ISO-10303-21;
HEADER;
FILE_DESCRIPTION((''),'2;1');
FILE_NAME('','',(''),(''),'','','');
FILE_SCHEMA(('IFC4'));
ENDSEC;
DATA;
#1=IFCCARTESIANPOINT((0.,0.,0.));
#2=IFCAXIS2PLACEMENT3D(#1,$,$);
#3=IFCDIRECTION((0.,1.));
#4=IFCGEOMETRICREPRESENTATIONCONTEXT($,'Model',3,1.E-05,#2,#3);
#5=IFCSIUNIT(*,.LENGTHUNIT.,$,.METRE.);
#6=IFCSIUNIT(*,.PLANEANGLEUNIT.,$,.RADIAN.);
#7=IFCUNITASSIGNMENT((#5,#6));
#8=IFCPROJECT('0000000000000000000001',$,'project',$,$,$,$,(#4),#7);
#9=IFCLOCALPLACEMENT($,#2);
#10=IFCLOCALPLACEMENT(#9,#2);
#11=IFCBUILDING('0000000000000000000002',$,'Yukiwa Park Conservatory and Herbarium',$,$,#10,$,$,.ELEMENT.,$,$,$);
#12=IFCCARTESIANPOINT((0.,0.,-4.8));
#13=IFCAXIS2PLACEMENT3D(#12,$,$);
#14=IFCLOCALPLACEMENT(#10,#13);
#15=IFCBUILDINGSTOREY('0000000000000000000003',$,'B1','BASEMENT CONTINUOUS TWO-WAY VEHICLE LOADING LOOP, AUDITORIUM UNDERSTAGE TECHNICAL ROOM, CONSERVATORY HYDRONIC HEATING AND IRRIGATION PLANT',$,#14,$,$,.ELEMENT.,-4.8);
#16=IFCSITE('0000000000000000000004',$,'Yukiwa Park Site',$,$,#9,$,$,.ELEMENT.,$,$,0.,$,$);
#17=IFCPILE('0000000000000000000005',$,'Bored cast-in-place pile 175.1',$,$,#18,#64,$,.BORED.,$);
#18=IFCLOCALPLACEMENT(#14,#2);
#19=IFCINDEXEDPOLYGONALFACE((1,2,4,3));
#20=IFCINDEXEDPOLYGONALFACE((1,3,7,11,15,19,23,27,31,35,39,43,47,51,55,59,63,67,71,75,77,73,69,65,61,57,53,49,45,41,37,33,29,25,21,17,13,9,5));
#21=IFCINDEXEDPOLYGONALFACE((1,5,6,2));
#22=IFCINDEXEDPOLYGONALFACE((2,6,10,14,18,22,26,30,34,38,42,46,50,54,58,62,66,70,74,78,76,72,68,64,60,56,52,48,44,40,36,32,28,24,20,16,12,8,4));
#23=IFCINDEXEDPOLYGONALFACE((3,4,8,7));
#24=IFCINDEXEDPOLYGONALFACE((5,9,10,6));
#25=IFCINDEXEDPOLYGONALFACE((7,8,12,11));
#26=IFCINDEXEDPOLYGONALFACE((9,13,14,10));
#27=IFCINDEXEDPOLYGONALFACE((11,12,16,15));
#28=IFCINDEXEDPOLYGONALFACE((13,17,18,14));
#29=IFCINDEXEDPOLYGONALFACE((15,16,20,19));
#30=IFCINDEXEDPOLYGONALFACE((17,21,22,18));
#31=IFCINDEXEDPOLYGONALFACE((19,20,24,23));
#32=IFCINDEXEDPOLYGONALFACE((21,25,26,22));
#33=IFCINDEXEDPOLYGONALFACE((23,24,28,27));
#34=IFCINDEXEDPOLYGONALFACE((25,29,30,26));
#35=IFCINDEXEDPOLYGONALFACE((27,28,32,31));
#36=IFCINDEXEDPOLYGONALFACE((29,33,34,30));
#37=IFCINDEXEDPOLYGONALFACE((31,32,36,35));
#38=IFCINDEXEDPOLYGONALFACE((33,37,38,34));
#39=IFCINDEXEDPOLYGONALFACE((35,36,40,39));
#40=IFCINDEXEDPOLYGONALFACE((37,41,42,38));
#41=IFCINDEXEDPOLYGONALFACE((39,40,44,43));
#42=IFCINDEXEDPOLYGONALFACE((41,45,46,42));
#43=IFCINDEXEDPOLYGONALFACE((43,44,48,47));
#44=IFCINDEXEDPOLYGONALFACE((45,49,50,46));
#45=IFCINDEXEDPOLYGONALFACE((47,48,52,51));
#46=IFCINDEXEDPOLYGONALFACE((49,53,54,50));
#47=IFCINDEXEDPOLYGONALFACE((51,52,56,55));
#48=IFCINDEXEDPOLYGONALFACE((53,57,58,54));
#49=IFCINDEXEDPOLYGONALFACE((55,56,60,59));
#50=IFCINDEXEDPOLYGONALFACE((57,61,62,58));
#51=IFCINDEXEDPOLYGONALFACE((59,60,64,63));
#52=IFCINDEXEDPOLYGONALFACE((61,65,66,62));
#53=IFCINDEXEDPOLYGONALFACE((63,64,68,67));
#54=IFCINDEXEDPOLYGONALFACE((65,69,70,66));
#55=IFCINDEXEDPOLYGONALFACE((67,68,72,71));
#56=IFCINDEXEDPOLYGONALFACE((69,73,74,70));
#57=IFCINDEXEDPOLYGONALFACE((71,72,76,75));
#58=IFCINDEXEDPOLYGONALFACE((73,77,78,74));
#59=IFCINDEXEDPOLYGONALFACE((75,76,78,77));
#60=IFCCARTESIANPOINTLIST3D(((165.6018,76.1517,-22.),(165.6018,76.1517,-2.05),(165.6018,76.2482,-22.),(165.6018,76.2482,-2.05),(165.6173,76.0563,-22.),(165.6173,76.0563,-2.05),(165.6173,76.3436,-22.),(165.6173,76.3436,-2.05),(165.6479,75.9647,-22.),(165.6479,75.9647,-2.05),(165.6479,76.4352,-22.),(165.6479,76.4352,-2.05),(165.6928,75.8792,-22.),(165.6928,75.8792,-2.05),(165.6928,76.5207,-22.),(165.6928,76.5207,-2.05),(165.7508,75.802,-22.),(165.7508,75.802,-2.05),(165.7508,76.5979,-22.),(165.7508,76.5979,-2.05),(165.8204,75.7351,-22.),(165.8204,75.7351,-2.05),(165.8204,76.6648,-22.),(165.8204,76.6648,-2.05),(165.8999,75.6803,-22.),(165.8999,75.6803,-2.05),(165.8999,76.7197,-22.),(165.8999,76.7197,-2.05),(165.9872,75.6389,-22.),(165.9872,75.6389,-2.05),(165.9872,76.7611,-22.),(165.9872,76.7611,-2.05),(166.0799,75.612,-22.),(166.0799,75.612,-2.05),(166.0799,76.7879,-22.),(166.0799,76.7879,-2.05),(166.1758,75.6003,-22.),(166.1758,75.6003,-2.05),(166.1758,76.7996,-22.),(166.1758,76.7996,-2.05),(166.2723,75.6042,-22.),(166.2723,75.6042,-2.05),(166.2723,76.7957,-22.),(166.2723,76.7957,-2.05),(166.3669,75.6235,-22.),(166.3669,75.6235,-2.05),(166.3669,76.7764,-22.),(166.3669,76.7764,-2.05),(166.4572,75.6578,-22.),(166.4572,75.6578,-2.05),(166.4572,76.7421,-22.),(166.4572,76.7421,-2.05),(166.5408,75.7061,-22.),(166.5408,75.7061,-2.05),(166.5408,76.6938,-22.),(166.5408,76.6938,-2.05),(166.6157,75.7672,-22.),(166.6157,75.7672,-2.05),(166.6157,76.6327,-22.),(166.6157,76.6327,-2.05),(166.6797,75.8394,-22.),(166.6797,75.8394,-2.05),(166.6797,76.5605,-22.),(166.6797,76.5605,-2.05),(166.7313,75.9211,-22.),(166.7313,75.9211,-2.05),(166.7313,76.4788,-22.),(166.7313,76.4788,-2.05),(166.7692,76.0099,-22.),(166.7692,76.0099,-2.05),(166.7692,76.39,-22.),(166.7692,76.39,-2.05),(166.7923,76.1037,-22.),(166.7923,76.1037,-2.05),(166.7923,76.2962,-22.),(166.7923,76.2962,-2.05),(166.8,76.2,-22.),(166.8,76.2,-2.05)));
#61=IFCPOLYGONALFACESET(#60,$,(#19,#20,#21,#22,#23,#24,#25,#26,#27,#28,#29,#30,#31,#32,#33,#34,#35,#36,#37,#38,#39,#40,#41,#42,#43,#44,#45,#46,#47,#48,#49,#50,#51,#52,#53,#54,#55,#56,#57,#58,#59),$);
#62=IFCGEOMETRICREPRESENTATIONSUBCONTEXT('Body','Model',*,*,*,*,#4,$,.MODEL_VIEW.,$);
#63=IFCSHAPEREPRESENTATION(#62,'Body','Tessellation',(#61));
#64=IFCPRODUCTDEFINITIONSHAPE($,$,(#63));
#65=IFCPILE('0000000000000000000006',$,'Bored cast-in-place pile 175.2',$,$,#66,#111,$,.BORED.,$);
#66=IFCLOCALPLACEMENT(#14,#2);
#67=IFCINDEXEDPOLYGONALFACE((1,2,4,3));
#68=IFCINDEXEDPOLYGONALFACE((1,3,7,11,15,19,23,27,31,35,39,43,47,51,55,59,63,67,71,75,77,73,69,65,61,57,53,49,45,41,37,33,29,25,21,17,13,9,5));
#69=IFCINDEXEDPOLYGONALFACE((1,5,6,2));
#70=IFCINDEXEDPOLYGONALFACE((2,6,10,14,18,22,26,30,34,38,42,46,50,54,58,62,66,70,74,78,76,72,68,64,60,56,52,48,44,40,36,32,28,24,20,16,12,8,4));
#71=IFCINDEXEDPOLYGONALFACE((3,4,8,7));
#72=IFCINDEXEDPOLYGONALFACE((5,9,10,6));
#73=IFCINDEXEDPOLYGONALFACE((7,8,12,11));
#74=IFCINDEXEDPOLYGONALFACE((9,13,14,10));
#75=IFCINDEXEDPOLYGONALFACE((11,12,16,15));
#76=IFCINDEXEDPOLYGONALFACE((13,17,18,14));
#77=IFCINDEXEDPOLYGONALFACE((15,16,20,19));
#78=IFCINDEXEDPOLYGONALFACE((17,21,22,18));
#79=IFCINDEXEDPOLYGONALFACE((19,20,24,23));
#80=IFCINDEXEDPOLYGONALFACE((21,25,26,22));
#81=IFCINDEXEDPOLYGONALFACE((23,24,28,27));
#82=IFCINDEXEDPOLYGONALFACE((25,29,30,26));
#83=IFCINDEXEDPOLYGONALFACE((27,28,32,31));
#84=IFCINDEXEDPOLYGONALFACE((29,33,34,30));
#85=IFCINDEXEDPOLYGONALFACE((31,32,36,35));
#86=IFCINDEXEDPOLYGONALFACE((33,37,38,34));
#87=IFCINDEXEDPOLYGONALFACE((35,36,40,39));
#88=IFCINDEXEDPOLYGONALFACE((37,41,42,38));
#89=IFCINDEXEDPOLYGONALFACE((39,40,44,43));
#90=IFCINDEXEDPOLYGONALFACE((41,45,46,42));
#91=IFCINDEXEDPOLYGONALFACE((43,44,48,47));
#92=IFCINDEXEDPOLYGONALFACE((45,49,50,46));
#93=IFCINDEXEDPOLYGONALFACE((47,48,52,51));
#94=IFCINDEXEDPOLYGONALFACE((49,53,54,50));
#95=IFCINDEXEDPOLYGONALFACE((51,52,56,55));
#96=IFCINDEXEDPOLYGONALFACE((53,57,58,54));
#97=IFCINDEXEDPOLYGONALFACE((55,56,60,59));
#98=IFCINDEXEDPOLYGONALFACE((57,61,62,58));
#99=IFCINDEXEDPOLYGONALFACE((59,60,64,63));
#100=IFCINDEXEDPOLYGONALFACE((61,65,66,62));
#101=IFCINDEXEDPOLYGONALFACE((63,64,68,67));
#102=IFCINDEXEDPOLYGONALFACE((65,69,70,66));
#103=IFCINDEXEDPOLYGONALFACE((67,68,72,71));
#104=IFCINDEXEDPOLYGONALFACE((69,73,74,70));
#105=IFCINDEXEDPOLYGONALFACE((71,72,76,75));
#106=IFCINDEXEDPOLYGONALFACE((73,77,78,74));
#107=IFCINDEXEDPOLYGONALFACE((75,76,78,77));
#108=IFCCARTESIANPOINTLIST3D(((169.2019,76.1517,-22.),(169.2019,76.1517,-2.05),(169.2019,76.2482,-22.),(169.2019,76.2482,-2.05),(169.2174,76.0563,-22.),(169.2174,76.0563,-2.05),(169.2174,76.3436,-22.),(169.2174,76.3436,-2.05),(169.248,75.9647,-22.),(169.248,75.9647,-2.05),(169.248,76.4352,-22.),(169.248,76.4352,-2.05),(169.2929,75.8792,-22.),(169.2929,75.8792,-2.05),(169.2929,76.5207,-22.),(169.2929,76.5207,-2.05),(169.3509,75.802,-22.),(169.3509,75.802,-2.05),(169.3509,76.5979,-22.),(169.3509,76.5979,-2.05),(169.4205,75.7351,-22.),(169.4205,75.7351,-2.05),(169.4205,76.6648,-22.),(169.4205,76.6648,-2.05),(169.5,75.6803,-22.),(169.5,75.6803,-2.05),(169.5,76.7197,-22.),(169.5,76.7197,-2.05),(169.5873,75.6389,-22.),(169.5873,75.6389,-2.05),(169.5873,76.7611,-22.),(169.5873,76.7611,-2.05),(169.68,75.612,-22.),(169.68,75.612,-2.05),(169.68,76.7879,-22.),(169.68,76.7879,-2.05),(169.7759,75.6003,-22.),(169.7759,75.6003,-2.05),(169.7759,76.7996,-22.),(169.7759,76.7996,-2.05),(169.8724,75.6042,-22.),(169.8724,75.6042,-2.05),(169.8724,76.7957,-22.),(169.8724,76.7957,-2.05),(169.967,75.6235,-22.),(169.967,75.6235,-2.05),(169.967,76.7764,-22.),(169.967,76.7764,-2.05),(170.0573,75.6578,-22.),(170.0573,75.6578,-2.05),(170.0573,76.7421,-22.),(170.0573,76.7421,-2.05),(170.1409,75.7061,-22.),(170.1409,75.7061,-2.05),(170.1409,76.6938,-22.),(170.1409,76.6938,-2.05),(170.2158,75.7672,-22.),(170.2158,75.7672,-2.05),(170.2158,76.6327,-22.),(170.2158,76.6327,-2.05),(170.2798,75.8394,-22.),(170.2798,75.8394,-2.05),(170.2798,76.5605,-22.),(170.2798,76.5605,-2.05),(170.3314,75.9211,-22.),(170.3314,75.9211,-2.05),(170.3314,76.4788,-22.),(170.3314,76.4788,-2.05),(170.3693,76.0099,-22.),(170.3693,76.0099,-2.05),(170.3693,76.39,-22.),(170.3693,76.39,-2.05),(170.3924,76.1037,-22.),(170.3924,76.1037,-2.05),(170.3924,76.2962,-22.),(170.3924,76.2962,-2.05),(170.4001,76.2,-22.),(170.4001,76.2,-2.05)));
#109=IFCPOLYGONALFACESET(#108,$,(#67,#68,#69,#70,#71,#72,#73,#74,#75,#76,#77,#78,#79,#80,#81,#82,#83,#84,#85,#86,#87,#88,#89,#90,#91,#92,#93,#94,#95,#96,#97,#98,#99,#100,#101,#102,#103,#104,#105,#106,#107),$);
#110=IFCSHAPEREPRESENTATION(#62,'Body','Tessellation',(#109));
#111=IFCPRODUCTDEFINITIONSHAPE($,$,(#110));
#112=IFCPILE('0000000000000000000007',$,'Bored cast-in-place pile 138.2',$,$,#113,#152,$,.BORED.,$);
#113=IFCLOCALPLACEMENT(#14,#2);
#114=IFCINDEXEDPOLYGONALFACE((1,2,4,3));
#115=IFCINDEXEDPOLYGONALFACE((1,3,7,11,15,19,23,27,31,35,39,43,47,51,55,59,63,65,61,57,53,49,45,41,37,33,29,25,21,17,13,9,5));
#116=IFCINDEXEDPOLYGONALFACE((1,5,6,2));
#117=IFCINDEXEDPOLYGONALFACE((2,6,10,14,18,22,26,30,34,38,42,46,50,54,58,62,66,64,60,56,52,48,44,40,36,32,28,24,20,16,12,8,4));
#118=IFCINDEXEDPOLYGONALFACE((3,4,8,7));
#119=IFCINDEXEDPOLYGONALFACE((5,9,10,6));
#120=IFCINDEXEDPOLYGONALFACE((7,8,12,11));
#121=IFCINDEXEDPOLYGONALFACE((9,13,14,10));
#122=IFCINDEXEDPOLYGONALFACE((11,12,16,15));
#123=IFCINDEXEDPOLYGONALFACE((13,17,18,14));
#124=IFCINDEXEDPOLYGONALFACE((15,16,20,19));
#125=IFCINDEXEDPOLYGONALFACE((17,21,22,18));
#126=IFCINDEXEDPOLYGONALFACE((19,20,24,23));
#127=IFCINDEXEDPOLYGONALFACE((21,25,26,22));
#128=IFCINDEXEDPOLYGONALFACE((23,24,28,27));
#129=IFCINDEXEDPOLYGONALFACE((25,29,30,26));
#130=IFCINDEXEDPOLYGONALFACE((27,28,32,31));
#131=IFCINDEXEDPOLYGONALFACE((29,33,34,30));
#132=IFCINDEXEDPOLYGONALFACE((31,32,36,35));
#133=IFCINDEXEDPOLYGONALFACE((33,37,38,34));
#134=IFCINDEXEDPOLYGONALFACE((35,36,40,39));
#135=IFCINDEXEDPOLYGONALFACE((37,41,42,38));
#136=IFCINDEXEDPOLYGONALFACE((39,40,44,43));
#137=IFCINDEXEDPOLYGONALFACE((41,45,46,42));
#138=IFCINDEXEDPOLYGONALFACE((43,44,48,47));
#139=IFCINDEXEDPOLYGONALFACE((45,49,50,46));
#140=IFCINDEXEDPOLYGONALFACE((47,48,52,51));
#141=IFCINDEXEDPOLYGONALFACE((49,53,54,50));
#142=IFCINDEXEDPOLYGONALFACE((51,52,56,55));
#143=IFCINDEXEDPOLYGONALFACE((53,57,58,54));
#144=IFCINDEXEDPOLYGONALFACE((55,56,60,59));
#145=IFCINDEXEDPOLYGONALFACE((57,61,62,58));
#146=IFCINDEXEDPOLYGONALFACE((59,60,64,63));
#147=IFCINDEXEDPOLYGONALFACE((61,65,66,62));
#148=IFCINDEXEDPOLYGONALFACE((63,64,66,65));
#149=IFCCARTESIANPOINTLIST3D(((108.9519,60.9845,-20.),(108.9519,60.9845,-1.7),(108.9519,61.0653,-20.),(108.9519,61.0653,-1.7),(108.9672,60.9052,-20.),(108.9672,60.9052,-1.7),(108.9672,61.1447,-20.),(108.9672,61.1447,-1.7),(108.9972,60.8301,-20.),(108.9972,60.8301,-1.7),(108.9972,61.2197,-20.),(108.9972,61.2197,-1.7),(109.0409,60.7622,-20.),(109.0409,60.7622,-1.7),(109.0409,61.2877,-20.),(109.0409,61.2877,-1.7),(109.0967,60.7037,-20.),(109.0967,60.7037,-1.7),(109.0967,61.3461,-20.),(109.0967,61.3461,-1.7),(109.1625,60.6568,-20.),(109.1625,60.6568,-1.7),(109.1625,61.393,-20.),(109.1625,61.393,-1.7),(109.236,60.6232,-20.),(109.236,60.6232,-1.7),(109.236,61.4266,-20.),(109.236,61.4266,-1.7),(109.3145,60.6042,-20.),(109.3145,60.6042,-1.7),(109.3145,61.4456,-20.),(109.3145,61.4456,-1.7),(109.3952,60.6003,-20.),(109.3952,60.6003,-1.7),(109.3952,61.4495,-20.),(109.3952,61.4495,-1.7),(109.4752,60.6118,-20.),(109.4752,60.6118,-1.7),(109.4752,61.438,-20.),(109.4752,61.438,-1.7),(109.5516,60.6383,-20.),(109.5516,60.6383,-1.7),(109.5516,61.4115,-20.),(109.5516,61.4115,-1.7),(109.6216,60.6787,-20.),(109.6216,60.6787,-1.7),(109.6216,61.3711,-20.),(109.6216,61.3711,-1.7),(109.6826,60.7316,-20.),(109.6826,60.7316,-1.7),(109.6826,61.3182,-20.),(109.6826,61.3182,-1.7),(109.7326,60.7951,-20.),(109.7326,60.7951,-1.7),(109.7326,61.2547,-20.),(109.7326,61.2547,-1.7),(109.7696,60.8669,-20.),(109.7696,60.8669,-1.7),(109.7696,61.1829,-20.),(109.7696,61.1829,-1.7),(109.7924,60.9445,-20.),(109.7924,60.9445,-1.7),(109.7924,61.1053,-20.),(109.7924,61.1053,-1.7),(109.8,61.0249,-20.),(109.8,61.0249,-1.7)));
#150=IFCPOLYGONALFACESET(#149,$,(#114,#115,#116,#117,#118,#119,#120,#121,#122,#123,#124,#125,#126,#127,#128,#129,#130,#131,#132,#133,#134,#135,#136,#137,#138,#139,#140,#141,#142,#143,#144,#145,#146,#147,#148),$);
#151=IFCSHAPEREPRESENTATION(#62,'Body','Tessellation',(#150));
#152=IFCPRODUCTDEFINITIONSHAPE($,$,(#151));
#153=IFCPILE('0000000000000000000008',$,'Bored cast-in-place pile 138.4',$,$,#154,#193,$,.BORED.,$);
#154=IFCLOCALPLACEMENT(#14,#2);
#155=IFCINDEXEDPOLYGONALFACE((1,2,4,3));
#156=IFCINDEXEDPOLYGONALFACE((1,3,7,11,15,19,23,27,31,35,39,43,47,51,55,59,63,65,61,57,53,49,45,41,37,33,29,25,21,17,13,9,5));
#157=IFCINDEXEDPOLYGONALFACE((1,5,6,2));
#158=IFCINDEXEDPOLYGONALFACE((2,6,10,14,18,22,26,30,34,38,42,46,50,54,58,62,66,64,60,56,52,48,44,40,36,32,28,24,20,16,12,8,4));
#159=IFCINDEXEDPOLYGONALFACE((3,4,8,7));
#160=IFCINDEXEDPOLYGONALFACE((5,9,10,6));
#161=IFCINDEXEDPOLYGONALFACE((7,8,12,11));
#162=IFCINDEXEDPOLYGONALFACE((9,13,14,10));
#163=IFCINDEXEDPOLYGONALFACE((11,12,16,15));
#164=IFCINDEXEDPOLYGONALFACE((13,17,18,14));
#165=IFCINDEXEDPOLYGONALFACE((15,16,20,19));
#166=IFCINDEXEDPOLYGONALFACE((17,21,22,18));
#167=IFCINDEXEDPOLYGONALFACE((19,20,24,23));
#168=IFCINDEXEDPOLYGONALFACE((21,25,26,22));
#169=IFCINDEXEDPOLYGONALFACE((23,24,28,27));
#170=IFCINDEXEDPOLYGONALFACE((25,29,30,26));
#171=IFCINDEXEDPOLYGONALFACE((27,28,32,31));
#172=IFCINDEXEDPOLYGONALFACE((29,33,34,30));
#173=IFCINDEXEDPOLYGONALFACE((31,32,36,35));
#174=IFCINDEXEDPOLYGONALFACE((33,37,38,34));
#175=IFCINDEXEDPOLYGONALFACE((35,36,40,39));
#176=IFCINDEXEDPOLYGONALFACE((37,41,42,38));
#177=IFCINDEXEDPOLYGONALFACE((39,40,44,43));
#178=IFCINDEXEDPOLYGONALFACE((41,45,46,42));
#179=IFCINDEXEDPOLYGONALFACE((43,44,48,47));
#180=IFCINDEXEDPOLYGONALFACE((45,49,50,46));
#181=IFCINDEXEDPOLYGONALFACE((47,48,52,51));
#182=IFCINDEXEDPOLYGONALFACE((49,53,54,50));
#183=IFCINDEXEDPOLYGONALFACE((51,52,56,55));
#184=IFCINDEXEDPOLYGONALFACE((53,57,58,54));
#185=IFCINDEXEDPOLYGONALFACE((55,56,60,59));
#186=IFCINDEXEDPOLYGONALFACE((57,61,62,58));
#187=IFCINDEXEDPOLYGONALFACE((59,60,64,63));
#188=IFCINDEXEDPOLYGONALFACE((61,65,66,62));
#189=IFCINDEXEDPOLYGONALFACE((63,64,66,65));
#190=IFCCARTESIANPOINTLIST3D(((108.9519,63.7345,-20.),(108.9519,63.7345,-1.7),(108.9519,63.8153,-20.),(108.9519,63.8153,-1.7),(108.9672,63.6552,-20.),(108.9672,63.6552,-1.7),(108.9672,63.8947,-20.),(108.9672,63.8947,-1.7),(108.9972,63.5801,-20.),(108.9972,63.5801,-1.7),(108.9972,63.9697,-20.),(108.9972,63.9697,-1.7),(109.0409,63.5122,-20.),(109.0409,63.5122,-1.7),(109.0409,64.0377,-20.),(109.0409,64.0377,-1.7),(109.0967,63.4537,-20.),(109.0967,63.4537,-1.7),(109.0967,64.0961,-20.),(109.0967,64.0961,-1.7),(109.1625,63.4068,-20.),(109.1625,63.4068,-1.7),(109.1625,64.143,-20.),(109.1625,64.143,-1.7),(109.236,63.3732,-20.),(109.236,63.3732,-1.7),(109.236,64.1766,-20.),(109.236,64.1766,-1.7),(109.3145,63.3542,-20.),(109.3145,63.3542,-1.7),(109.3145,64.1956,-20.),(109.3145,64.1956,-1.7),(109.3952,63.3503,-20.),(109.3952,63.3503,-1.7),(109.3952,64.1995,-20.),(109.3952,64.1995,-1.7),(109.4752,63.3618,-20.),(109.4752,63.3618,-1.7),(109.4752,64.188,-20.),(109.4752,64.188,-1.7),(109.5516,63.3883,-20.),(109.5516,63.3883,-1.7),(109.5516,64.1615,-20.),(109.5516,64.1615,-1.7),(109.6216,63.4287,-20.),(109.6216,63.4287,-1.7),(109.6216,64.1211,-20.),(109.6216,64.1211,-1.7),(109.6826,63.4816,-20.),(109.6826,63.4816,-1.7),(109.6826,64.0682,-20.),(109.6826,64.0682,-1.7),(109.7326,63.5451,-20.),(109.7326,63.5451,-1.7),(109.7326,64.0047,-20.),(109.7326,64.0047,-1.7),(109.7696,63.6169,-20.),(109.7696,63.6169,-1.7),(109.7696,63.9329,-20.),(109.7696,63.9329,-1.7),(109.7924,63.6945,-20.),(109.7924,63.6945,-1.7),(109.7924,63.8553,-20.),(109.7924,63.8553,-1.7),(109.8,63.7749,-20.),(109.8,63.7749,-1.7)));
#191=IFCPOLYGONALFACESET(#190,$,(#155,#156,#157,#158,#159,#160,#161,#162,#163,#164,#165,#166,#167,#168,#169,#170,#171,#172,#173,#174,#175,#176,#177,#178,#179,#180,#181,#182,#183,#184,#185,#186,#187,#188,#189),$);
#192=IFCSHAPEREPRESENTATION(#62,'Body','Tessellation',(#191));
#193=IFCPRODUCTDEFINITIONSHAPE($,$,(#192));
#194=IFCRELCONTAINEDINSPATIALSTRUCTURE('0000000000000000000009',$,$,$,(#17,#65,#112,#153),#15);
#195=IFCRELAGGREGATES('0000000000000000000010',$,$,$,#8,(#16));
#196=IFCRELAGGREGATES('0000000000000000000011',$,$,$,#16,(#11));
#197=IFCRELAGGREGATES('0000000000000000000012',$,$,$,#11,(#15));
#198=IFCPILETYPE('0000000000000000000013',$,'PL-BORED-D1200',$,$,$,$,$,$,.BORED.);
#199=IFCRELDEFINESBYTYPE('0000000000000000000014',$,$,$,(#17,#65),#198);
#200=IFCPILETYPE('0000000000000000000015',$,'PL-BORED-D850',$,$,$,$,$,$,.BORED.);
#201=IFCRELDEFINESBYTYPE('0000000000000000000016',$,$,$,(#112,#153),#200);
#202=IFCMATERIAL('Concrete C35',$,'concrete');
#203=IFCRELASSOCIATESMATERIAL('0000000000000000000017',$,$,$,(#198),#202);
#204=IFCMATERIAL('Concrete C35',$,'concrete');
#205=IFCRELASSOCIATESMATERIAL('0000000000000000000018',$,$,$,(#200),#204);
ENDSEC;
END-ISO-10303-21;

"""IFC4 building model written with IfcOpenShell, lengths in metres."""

from ifc_helpers import new_model, si_unit, direction, frame, origin, origin_2d, place, context, subcontext, project, spatial, circle, extrude, material, material_profile, profile_set, type_object, element, save


model = new_model("IFC4")

# Units and contexts
model_context = context("Model", 3, precision=1e-05, world=origin(), true_north=direction((0.0, 1.0)))
body_context = subcontext(model_context, "Body", "Model", "MODEL_VIEW")
ifc_project = project(units=[si_unit("LENGTHUNIT", "METRE"), si_unit("PLANEANGLEUNIT", "RADIAN")], contexts=[model_context])

# Site, building, storey
site_placement = place(None, origin())
site = spatial("IfcSite", under=ifc_project, at=site_placement, Name="Yukiwa Park Site", CompositionType="ELEMENT", RefElevation=0.0)
building_placement = place(site_placement, origin())
building = spatial("IfcBuilding", under=site, at=building_placement, Name="Yukiwa Park Conservatory and Herbarium", CompositionType="ELEMENT")
storey_placement = place(building_placement, frame((0.0, 0.0, -4.8)))
storey = spatial("IfcBuildingStorey", under=building, at=storey_placement, Name="B1", Description="BASEMENT CONTINUOUS TWO-WAY VEHICLE LOADING LOOP, AUDITORIUM UNDERSTAGE TECHNICAL ROOM, CONSERVATORY HYDRONIC HEATING AND IRRIGATION PLANT", CompositionType="ELEMENT", Elevation=-4.8)

# Piles
ifc_material_1 = material(Name="Concrete C35", Category="concrete")
ifc_material_profile_1 = material_profile(ifc_material_1, circle(Radius=0.6001, at=origin_2d()), Name="PILE D1200")
ifc_profile_set_1 = profile_set([ifc_material_profile_1], Name="Concrete C35")
pile_type_1 = type_object("IfcPileType", Name="PL-BORED-D1200", PredefinedType="BORED", material=ifc_profile_set_1)
for number, where, z_axis, x_axis, name in (
    (1, (166.2, 76.2, -2.05), (0.0, 0.0, -1.0), (1.0, 0.0, 0.0), "Bored cast-in-place pile 175.1"),
    (2, (169.8, 76.2, -2.05), (0.0, 0.0, -1.0), (1.0, 0.0, 0.0), "Bored cast-in-place pile 175.2"),
):
    element("IfcPile", number, at=place(storey_placement, frame(where, z_axis=z_axis, x_axis=x_axis)), inside=storey, type_object=pile_type_1, Name=name, PredefinedType="BORED", context=body_context, shape_type="SweptSolid", body=[
        extrude(circle(Radius=0.6001, at=origin_2d()), origin(), (0.0, 0.0, 1.0), 19.95),
    ])
ifc_material_2 = material(Name="Concrete C35", Category="concrete")
ifc_material_profile_2 = material_profile(ifc_material_2, circle(Radius=0.425, at=origin_2d()), Name="PILE D850")
ifc_profile_set_2 = profile_set([ifc_material_profile_2], Name="Concrete C35")
pile_type_2 = type_object("IfcPileType", Name="PL-BORED-D850", PredefinedType="BORED", material=ifc_profile_set_2)
for number, where, z_axis, x_axis, name in (
    (3, (109.375, 61.0249, -1.7), (0.0, 0.0, -1.0), (1.0, 0.0, 0.0), "Bored cast-in-place pile 138.2"),
    (4, (109.375, 63.7749, -1.7), (0.0, 0.0, -1.0), (1.0, 0.0, 0.0), "Bored cast-in-place pile 138.4"),
):
    element("IfcPile", number, at=place(storey_placement, frame(where, z_axis=z_axis, x_axis=x_axis)), inside=storey, type_object=pile_type_2, Name=name, PredefinedType="BORED", context=body_context, shape_type="SweptSolid", body=[
        extrude(circle(Radius=0.425, at=origin_2d()), origin(), (0.0, 0.0, 1.0), 18.3),
    ])

save(model, "model.ifc")
